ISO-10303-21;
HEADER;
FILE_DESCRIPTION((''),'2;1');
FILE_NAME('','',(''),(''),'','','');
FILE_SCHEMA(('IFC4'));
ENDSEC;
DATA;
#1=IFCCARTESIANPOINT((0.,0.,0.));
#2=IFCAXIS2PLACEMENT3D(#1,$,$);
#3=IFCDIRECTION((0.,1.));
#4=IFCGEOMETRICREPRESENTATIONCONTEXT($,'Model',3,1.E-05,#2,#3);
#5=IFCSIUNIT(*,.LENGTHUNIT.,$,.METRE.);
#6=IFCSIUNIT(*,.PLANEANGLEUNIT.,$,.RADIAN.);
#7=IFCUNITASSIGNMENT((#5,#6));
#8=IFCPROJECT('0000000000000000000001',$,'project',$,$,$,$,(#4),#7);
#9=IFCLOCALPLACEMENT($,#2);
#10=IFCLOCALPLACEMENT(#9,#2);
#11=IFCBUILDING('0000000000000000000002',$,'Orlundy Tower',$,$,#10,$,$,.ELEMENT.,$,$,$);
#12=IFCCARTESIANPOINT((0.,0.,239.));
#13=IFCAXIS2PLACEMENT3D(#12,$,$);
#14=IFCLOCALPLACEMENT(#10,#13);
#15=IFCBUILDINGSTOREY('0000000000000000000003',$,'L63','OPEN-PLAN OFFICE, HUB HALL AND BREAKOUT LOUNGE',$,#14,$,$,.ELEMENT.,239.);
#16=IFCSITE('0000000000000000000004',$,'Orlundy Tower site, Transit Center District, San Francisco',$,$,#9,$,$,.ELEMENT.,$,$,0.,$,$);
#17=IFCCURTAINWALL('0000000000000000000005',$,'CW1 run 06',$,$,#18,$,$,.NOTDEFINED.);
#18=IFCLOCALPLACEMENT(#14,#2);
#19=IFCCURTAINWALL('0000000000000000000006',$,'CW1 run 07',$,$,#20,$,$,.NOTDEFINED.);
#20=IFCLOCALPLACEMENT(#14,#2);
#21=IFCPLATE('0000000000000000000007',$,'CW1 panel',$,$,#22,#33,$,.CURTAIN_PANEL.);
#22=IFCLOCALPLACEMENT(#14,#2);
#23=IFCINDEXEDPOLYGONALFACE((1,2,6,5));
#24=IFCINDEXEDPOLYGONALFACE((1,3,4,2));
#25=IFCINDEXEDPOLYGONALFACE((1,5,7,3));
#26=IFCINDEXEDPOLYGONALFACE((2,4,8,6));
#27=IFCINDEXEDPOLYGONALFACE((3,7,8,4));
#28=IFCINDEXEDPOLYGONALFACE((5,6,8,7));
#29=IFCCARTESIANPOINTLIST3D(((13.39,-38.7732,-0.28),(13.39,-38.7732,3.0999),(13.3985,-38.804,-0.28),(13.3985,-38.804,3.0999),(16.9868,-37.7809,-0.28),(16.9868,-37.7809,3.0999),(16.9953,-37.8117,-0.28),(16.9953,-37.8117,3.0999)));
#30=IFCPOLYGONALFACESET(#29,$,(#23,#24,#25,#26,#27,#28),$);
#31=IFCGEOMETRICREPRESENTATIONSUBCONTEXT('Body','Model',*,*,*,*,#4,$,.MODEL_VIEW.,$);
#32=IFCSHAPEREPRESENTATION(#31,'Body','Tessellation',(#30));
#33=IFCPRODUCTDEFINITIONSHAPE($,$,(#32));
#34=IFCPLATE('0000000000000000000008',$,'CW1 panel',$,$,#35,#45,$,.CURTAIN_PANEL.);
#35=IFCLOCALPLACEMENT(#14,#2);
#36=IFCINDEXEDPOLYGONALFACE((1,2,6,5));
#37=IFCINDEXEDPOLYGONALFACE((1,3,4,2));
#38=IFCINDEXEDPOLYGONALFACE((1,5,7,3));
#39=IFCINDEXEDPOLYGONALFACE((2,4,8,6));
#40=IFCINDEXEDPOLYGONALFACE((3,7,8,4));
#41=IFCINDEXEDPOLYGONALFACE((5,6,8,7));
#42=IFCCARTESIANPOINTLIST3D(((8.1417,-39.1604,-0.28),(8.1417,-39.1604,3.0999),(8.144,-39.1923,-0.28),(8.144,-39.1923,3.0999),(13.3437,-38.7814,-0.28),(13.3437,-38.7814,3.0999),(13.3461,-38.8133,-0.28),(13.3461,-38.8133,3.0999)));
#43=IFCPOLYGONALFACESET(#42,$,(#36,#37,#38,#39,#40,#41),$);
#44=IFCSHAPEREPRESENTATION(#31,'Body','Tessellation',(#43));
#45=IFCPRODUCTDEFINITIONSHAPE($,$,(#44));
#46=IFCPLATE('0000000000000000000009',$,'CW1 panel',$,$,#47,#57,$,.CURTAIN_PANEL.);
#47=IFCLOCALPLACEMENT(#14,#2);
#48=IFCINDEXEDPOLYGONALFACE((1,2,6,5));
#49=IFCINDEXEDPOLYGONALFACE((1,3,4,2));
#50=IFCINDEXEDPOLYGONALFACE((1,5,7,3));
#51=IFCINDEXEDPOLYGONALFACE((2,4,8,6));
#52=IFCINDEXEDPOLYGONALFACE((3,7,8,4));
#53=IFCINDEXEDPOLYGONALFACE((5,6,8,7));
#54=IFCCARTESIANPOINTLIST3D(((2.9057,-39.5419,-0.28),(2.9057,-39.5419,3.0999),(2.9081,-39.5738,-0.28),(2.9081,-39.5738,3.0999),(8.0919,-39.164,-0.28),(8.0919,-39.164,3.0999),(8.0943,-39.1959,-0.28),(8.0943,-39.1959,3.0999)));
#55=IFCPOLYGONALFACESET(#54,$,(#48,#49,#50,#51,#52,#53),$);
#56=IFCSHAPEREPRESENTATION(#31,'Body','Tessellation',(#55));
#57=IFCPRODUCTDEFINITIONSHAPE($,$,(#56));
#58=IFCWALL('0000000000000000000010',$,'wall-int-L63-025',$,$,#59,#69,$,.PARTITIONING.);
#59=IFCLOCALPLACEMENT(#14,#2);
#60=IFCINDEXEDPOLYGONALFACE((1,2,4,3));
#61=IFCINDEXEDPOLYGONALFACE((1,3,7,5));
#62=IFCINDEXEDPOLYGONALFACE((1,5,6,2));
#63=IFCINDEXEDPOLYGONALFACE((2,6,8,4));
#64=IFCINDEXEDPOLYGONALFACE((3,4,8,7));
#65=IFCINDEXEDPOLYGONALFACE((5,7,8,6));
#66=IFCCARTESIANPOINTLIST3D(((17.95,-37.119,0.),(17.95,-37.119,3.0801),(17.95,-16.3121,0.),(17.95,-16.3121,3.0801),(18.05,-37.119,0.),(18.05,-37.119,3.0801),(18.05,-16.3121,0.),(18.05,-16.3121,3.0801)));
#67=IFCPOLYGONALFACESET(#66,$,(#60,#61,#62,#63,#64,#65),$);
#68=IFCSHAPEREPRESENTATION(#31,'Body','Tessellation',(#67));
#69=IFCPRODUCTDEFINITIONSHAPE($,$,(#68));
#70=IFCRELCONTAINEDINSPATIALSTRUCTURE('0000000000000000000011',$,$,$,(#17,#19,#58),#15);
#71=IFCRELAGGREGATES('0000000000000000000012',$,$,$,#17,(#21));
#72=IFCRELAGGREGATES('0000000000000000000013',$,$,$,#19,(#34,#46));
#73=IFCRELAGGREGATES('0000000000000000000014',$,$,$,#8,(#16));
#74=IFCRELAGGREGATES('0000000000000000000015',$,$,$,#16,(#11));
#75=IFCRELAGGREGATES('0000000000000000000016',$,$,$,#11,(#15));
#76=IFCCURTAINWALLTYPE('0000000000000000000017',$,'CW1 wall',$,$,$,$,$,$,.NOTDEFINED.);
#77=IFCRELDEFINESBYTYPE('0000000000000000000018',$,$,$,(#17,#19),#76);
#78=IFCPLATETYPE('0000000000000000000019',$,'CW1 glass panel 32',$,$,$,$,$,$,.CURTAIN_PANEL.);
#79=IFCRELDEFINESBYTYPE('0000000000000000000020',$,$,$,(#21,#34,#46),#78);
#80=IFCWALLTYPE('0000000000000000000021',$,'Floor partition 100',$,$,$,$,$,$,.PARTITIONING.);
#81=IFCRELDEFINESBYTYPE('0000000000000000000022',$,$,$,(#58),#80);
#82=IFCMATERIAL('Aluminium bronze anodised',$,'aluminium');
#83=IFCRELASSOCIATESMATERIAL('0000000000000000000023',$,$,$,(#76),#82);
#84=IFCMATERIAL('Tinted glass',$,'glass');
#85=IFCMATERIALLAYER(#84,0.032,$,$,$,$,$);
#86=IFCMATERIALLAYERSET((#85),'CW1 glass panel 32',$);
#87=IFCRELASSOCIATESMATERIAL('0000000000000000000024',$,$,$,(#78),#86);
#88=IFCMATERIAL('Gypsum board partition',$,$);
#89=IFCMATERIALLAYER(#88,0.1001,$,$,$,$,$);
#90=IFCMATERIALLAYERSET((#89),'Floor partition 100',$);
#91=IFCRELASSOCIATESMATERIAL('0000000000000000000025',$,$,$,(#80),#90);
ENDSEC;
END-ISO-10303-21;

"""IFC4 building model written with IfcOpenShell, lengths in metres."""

from ifc_helpers import new_model, si_unit, direction, frame, frame_2d, origin, origin_2d, place, context, subcontext, project, spatial, rectangle, extrude, material, layer, layer_set, type_object, element, aggregate, save


model = new_model("IFC4")

# Units and contexts
model_context = context("Model", 3, precision=1e-05, world=origin(), true_north=direction((0.0, 1.0)))
body_context = subcontext(model_context, "Body", "Model", "MODEL_VIEW")
ifc_project = project(units=[si_unit("LENGTHUNIT", "METRE"), si_unit("PLANEANGLEUNIT", "RADIAN")], contexts=[model_context])

# Site, building, storey
site_placement = place(None, origin())
site = spatial("IfcSite", under=ifc_project, at=site_placement, Name="Orlundy Tower site, Transit Center District, San Francisco", CompositionType="ELEMENT", RefElevation=0.0)
building_placement = place(site_placement, origin())
building = spatial("IfcBuilding", under=site, at=building_placement, Name="Orlundy Tower", CompositionType="ELEMENT")
storey_placement = place(building_placement, frame((0.0, 0.0, 239.0)))
storey = spatial("IfcBuildingStorey", under=building, at=storey_placement, Name="L63", Description="OPEN-PLAN OFFICE, HUB HALL AND BREAKOUT LOUNGE", CompositionType="ELEMENT", Elevation=239.0)

# Curtain wall
ifc_material_1 = material(Name="Aluminium bronze anodised", Category="aluminium")
curtain_wall_type = type_object("IfcCurtainWallType", Name="CW1 wall", PredefinedType="NOTDEFINED", material=ifc_material_1)
curtain_wall_1_placement = place(storey_placement, origin())
curtain_wall_1 = element("IfcCurtainWall", 1, at=curtain_wall_1_placement, inside=storey, type_object=curtain_wall_type, Name="CW1 run 06", PredefinedType="NOTDEFINED")

# Curtain wall
curtain_wall_2_placement = place(storey_placement, origin())
curtain_wall_2 = element("IfcCurtainWall", 2, at=curtain_wall_2_placement, inside=storey, type_object=curtain_wall_type, Name="CW1 run 07", PredefinedType="NOTDEFINED")

# Plates
ifc_material_2 = material(Name="Tinted glass", Category="glass")
ifc_layer_1 = layer(ifc_material_2, 0.032)
ifc_layer_set_1 = layer_set([ifc_layer_1], Name="CW1 glass panel 32")
plate_type = type_object("IfcPlateType", Name="CW1 glass panel 32", PredefinedType="CURTAIN_PANEL", material=ifc_layer_set_1)
plate_1_placement = place(storey_placement, frame((15.1926, -38.2925, -0.28), z_axis=(0.0, 0.0, 1.0), x_axis=(-0.963988, -0.265946, 0.0)))
plate_1 = element("IfcPlate", 3, at=plate_1_placement, type_object=plate_type, Name="CW1 panel", PredefinedType="CURTAIN_PANEL", context=body_context, shape_type="SweptSolid", body=[
    extrude(rectangle(XDim=3.7312, YDim=0.032, at=origin_2d()), origin(), (0.0, 0.0, 1.0), 3.3799),
])
aggregate(curtain_wall_1, [plate_1])
plate_2_placement = place(storey_placement, frame((10.7439, -38.9868, -0.28), z_axis=(0.0, 0.0, 1.0), x_axis=(-0.997356, -0.072668, 0.0)))
plate_2 = element("IfcPlate", 4, at=plate_2_placement, type_object=plate_type, Name="CW1 panel", PredefinedType="CURTAIN_PANEL", context=body_context, shape_type="SweptSolid", body=[
    extrude(rectangle(XDim=5.2158, YDim=0.032, at=origin_2d()), origin(), (0.0, 0.0, 1.0), 3.3799),
])
plate_3_placement = place(storey_placement, frame((5.5, -39.3689, -0.28), z_axis=(0.0, 0.0, 1.0), x_axis=(-0.997356, -0.072668, 0.0)))
plate_3 = element("IfcPlate", 5, at=plate_3_placement, type_object=plate_type, Name="CW1 panel", PredefinedType="CURTAIN_PANEL", context=body_context, shape_type="SweptSolid", body=[
    extrude(rectangle(XDim=5.2, YDim=0.032, at=origin_2d()), origin(), (0.0, 0.0, 1.0), 3.3799),
])
aggregate(curtain_wall_2, [plate_2, plate_3])

# Wall
ifc_material_3 = material(Name="Gypsum board partition")
ifc_layer_2 = layer(ifc_material_3, 0.1001)
ifc_layer_set_2 = layer_set([ifc_layer_2], Name="Floor partition 100")
wall_type = type_object("IfcWallType", Name="Floor partition 100", PredefinedType="PARTITIONING", material=ifc_layer_set_2)
wall_placement = place(storey_placement, frame((18.0, -37.1189, 0.0), z_axis=(0.0, 0.0, 1.0), x_axis=(0.0, 1.0, 0.0)))
element("IfcWall", 6, at=wall_placement, inside=storey, type_object=wall_type, Name="wall-int-L63-025", PredefinedType="PARTITIONING", context=body_context, shape_type="SweptSolid", body=[
    extrude(rectangle(XDim=20.8069, YDim=0.1001, at=frame_2d((10.4033, 0.0))), origin(), (0.0, 0.0, 1.0), 3.0801),
])

save(model, "model.ifc")
